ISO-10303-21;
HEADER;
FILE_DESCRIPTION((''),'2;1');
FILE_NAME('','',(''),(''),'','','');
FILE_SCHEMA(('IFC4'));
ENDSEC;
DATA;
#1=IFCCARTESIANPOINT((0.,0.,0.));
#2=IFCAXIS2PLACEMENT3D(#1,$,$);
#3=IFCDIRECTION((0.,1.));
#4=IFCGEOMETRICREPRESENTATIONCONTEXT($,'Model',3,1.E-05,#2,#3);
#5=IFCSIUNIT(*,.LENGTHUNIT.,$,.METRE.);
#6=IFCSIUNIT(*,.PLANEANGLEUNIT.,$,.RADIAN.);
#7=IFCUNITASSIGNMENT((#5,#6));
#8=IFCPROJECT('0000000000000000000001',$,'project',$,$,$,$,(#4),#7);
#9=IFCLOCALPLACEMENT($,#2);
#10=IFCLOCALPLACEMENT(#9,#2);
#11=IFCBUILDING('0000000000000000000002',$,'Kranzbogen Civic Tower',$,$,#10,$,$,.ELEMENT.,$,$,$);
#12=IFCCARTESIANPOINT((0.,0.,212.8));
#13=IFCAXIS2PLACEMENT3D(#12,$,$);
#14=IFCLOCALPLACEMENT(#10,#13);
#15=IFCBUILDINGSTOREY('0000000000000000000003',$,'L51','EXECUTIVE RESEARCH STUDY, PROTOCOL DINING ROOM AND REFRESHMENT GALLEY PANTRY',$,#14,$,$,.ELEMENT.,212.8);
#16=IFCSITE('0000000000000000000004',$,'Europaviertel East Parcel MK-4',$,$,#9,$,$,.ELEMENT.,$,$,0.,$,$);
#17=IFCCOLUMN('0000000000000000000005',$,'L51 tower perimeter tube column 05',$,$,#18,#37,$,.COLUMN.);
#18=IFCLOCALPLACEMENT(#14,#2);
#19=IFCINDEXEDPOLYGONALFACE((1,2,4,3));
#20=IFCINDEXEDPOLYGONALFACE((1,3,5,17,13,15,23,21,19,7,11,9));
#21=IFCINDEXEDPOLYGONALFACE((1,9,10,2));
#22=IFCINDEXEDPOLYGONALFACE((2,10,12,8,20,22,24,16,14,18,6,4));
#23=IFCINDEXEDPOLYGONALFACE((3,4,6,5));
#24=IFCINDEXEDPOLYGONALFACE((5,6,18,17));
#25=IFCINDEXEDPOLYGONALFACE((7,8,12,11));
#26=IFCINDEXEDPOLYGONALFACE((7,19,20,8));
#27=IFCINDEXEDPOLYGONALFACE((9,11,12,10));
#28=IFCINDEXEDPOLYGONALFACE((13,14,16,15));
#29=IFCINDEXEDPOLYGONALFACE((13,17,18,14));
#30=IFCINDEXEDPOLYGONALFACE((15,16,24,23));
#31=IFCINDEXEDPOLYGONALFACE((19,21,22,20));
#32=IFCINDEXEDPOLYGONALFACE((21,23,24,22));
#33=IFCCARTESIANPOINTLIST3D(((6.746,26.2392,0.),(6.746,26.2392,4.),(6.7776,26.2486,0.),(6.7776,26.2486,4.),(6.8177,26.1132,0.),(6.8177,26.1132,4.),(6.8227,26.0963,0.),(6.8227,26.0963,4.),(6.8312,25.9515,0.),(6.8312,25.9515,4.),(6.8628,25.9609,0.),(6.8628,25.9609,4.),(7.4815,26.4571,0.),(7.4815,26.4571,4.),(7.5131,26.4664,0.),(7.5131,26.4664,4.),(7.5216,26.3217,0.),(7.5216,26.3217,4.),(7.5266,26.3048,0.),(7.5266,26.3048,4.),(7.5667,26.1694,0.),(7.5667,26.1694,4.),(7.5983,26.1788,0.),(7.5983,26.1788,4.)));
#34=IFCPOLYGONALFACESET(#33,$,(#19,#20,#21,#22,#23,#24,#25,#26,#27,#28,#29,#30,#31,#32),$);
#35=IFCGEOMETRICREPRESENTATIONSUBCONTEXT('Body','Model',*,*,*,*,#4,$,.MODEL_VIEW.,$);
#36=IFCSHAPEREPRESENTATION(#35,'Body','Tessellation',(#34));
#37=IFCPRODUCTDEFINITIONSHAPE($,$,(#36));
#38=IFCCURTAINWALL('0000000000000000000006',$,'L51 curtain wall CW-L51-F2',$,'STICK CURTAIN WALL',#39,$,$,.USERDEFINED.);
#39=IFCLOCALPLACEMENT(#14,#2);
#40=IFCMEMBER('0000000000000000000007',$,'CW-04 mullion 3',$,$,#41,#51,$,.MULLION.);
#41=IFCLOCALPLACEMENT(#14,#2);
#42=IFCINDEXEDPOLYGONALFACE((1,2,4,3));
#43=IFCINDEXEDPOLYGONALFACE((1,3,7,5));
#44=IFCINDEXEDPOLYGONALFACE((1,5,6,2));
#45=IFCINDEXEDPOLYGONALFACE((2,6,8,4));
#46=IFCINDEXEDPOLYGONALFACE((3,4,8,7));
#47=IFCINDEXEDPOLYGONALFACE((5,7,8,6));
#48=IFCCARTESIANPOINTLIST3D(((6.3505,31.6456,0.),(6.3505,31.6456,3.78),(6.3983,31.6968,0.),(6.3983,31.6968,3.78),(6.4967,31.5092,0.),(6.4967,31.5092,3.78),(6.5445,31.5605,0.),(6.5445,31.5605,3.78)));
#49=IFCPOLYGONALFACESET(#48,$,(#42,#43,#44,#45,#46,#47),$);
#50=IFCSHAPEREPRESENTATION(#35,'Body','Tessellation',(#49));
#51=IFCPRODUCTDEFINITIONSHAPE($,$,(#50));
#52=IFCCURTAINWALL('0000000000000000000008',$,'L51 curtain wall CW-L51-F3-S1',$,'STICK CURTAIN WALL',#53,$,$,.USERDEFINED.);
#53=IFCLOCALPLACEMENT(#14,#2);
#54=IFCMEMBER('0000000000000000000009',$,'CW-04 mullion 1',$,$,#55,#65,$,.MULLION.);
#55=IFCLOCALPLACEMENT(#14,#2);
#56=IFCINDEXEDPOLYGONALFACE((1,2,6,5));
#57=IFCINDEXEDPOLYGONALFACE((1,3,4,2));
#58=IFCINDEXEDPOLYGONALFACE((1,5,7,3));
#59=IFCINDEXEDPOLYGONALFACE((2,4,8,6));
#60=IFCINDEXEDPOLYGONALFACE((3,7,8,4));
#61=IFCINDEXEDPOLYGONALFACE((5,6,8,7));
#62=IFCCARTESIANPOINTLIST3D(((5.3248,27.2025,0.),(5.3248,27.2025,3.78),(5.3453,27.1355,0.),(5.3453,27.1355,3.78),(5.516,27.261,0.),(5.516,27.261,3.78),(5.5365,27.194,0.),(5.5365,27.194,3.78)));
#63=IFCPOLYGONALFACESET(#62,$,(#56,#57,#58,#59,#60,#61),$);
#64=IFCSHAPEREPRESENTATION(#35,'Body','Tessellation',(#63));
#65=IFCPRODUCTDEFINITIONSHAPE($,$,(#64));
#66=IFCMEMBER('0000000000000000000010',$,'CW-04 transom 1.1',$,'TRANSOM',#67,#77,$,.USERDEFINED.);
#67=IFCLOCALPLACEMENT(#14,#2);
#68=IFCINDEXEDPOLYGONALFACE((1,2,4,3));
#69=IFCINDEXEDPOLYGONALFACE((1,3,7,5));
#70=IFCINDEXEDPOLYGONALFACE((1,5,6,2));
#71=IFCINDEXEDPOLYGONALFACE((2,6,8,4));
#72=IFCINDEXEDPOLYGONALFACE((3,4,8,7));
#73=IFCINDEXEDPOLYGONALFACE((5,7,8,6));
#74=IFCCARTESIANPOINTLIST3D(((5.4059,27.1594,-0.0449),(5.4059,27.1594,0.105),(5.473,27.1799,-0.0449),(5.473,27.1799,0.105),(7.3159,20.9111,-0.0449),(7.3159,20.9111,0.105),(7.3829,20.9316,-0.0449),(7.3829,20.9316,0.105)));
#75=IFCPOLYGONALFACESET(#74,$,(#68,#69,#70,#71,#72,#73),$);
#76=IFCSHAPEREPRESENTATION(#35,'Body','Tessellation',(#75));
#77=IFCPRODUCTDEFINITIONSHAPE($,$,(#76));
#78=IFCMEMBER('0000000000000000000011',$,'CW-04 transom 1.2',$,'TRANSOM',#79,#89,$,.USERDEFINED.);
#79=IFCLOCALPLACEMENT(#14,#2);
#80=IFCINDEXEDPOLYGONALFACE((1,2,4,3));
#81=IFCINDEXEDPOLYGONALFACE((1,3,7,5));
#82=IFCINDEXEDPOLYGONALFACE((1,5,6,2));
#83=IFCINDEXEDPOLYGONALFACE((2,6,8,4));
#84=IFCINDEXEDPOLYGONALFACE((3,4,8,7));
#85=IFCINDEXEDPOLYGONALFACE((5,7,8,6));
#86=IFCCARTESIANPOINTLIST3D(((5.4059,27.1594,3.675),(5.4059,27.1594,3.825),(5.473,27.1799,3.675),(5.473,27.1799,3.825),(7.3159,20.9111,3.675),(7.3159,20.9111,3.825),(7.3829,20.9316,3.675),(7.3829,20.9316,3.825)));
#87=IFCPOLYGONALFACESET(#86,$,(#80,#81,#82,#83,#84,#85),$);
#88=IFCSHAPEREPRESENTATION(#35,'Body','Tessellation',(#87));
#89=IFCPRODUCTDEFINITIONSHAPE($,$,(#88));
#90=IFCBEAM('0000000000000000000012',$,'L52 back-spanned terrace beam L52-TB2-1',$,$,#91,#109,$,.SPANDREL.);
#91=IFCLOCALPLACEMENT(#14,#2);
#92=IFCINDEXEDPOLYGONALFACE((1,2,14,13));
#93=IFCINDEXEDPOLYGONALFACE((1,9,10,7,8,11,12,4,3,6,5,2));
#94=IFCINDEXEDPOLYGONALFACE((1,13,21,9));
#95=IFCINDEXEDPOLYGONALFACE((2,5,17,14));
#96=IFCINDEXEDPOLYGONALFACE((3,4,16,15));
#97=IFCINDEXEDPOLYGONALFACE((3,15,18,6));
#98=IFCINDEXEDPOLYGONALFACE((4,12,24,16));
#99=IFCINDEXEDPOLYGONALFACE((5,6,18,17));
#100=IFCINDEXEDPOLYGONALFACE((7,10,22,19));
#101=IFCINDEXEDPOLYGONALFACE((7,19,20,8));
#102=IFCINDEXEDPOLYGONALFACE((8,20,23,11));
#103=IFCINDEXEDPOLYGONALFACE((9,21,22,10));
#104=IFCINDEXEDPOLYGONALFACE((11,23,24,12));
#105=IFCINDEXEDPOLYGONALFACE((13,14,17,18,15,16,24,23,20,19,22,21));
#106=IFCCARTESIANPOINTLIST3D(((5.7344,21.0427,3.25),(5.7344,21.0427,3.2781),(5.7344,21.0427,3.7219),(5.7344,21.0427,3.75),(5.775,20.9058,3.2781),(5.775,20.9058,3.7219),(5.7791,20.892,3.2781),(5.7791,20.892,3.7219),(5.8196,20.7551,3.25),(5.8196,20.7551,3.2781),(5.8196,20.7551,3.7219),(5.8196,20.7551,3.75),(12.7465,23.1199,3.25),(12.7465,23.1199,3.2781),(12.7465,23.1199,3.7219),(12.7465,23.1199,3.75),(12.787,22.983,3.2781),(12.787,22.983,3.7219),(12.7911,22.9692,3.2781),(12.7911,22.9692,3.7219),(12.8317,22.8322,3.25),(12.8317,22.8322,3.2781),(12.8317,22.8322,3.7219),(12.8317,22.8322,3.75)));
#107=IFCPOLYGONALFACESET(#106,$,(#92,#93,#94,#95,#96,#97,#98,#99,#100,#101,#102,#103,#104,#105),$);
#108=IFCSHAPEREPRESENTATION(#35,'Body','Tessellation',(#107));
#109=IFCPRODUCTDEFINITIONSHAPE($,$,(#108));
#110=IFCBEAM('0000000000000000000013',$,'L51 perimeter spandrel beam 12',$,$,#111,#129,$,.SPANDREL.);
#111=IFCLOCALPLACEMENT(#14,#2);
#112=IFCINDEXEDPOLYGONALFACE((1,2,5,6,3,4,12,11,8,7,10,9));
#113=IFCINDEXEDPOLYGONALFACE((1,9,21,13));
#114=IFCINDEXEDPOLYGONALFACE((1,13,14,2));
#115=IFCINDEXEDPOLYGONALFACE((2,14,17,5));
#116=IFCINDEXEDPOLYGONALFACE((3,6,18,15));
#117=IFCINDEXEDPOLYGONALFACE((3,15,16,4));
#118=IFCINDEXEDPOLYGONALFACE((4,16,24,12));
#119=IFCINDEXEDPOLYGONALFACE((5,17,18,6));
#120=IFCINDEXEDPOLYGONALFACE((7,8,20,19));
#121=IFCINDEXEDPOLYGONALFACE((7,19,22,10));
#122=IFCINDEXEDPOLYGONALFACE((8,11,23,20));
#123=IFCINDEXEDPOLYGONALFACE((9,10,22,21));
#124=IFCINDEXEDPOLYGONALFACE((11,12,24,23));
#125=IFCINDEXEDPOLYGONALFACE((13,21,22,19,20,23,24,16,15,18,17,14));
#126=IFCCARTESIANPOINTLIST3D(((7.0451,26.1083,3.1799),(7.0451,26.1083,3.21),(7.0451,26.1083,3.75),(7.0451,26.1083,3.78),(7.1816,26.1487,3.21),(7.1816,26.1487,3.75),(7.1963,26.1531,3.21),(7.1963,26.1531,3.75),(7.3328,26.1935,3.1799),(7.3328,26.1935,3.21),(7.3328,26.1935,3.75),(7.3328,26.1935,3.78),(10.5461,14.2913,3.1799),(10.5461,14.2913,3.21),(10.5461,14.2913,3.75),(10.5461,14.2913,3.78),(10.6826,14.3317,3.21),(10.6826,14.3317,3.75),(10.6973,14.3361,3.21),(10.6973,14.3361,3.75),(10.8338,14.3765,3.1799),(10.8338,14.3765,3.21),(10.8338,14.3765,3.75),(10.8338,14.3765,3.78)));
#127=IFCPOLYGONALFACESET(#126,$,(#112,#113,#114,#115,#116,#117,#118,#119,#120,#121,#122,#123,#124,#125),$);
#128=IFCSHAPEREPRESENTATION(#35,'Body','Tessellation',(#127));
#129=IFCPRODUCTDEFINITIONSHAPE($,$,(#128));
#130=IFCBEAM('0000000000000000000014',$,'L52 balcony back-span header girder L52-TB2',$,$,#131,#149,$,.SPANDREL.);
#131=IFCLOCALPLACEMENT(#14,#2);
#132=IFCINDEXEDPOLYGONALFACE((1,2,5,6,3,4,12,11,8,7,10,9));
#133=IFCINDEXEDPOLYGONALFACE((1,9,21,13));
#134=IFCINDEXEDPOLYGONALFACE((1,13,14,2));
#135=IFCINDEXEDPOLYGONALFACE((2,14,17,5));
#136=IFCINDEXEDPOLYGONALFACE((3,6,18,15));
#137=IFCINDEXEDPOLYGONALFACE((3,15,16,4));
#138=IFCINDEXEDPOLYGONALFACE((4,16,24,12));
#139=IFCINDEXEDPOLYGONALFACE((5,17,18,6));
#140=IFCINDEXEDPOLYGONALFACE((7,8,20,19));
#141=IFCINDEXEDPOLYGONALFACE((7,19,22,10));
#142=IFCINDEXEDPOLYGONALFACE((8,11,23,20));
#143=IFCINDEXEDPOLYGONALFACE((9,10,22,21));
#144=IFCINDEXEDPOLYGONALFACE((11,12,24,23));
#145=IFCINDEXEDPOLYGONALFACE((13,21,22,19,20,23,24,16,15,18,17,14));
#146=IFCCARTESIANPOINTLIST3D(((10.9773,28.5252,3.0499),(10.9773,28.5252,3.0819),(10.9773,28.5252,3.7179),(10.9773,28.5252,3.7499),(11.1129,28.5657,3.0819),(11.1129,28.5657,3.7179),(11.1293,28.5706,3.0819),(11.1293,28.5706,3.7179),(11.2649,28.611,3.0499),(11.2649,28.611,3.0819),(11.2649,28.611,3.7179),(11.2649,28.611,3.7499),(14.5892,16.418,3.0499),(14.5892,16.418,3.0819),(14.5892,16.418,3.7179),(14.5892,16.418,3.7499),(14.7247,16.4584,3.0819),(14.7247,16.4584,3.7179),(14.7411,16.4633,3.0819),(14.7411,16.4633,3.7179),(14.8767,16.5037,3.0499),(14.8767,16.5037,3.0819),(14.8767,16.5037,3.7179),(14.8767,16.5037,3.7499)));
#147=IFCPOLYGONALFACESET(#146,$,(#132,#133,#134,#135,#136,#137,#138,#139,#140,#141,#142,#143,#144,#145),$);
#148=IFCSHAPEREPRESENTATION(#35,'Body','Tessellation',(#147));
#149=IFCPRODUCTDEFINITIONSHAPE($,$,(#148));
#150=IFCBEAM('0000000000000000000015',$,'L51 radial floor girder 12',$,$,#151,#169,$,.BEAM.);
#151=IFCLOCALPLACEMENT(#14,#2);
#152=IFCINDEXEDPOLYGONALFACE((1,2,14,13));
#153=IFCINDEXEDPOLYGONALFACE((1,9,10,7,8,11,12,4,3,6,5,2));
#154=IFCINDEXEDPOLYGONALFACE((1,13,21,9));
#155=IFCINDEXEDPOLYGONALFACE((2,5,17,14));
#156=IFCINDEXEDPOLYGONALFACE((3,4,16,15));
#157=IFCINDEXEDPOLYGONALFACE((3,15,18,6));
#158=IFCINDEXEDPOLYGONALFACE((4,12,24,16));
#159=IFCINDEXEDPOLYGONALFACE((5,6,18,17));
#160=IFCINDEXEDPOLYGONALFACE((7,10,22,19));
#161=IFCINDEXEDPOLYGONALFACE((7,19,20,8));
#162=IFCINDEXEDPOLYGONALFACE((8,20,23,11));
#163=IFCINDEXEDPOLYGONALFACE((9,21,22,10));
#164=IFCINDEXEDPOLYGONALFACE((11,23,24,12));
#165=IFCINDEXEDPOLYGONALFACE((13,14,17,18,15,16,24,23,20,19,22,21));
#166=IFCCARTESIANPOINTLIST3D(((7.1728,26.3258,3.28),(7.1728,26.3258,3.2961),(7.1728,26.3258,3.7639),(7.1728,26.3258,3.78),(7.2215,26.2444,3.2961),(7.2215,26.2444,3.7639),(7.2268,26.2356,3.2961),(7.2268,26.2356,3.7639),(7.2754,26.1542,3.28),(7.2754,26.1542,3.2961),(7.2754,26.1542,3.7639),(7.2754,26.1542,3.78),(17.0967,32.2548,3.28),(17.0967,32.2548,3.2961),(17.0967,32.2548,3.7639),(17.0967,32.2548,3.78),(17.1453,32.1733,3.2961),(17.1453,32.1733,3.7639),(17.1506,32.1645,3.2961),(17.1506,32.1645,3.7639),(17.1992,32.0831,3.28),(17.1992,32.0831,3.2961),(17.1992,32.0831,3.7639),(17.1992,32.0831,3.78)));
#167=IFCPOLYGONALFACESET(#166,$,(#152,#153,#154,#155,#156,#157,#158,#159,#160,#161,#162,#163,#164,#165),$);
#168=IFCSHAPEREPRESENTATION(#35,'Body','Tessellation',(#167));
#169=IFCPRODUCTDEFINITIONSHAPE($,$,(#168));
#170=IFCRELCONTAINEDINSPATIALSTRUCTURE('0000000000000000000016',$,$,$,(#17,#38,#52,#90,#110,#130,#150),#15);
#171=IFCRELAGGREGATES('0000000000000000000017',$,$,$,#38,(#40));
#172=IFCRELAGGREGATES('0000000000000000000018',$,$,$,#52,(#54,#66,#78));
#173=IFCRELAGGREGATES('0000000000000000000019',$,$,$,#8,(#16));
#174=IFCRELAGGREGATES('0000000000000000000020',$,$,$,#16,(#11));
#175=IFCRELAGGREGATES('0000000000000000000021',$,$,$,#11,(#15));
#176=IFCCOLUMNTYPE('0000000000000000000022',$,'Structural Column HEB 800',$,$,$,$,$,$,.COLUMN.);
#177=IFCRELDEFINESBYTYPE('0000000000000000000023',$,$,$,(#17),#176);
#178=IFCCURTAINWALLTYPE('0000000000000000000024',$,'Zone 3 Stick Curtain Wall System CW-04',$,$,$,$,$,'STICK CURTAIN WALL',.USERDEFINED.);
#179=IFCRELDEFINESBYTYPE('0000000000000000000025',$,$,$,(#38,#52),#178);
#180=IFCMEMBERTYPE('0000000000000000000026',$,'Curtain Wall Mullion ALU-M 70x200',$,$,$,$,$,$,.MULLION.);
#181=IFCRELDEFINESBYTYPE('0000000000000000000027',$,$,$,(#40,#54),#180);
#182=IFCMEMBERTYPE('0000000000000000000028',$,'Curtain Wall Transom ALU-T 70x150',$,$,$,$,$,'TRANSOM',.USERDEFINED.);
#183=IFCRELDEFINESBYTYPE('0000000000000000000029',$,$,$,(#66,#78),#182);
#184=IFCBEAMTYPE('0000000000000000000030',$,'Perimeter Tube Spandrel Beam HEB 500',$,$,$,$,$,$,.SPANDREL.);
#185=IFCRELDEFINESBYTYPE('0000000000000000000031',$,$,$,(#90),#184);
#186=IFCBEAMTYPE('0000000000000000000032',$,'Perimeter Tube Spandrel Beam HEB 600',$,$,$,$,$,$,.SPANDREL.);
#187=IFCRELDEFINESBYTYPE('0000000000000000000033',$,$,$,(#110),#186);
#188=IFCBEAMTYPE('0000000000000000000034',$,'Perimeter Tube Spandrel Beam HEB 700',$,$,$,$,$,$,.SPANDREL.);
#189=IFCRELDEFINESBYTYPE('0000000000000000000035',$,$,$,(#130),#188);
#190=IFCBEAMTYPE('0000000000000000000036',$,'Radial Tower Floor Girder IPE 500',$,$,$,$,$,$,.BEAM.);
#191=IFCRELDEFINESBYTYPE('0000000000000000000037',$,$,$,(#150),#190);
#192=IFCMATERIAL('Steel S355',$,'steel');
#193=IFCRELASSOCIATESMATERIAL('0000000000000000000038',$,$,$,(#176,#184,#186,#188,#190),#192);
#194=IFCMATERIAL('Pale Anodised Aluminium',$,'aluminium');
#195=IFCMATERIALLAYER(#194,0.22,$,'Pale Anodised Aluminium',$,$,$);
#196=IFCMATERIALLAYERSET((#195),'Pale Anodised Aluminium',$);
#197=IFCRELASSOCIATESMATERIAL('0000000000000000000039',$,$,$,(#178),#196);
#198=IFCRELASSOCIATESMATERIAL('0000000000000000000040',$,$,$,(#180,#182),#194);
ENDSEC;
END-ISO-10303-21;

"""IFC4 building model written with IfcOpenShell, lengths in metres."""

from ifc_helpers import new_model, si_unit, direction, frame, origin, origin_2d, place, context, subcontext, project, spatial, rectangle, i_section, extrude, material, layer, layer_set, material_profile, profile_set, type_object, element, aggregate, save


model = new_model("IFC4")

# Units and contexts
model_context = context("Model", 3, precision=1e-05, world=origin(), true_north=direction((0.0, 1.0)))
body_context = subcontext(model_context, "Body", "Model", "MODEL_VIEW")
ifc_project = project(units=[si_unit("LENGTHUNIT", "METRE"), si_unit("PLANEANGLEUNIT", "RADIAN")], contexts=[model_context])

# Site, building, storey
site_placement = place(None, origin())
site = spatial("IfcSite", under=ifc_project, at=site_placement, Name="Europaviertel East Parcel MK-4", CompositionType="ELEMENT", RefElevation=0.0)
building_placement = place(site_placement, origin())
building = spatial("IfcBuilding", under=site, at=building_placement, Name="Kranzbogen Civic Tower", CompositionType="ELEMENT")
storey_placement = place(building_placement, frame((0.0, 0.0, 212.8)))
storey = spatial("IfcBuildingStorey", under=building, at=storey_placement, Name="L51", Description="EXECUTIVE RESEARCH STUDY, PROTOCOL DINING ROOM AND REFRESHMENT GALLEY PANTRY", CompositionType="ELEMENT", Elevation=212.8)

# Column
ifc_material_1 = material(Name="Steel S355", Category="steel")
ifc_material_profile_1 = material_profile(ifc_material_1, i_section(OverallWidth=0.3, OverallDepth=0.8, WebThickness=0.0176, FlangeThickness=0.033, at=origin_2d()), Name="HEB 800")
ifc_profile_set_1 = profile_set([ifc_material_profile_1], Name="Steel S355")
column_type = type_object("IfcColumnType", Name="Structural Column HEB 800", PredefinedType="COLUMN", material=ifc_profile_set_1)
column_placement = place(storey_placement, frame((7.1721, 26.209, 0.0), z_axis=(0.0, 0.0, 1.0), x_axis=(-0.284015, 0.95882, 0.0)))
element("IfcColumn", 1, at=column_placement, inside=storey, type_object=column_type, Name="L51 tower perimeter tube column 05", PredefinedType="COLUMN", context=body_context, shape_type="SweptSolid", body=[
    extrude(i_section(OverallWidth=0.3, OverallDepth=0.8, WebThickness=0.0176, FlangeThickness=0.033, at=origin_2d()), origin(), (0.0, 0.0, 1.0), 4.0),
])

# Curtain wall, member
ifc_material_2 = material(Name="Pale Anodised Aluminium", Category="aluminium")
ifc_layer_1 = layer(ifc_material_2, 0.22, Name="Pale Anodised Aluminium")
ifc_layer_set_1 = layer_set([ifc_layer_1], Name="Pale Anodised Aluminium")
curtain_wall_type = type_object("IfcCurtainWallType", Name="Zone 3 Stick Curtain Wall System CW-04", ElementType="STICK CURTAIN WALL", PredefinedType="USERDEFINED", material=ifc_layer_set_1)
curtain_wall_1_placement = place(storey_placement, origin())
curtain_wall_1 = element("IfcCurtainWall", 2, at=curtain_wall_1_placement, inside=storey, type_object=curtain_wall_type, Name="L51 curtain wall CW-L51-F2", ObjectType="STICK CURTAIN WALL", PredefinedType="USERDEFINED")
ifc_material_profile_2 = material_profile(ifc_material_2, rectangle(XDim=0.0701, YDim=0.2, at=origin_2d()), Name="ALU-M 70x200")
ifc_profile_set_2 = profile_set([ifc_material_profile_2], Name="Pale Anodised Aluminium")
member_type_1 = type_object("IfcMemberType", Name="Curtain Wall Mullion ALU-M 70x200", PredefinedType="MULLION", material=ifc_profile_set_2)
member_1_placement = place(storey_placement, frame((6.4475, 31.603, 0.0), z_axis=(0.0, 0.0, 1.0), x_axis=(-0.682007, -0.731345, 0.0)))
member_1 = element("IfcMember", 3, at=member_1_placement, type_object=member_type_1, Name="CW-04 mullion 3", PredefinedType="MULLION", context=body_context, shape_type="SweptSolid", body=[
    extrude(rectangle(XDim=0.0701, YDim=0.2, at=origin_2d()), origin(), (0.0, 0.0, 1.0), 3.78),
])
aggregate(curtain_wall_1, [member_1])

# Curtain wall, members
curtain_wall_2_placement = place(storey_placement, origin())
curtain_wall_2 = element("IfcCurtainWall", 4, at=curtain_wall_2_placement, inside=storey, type_object=curtain_wall_type, Name="L51 curtain wall CW-L51-F3-S1", ObjectType="STICK CURTAIN WALL", PredefinedType="USERDEFINED")
member_2_placement = place(storey_placement, frame((5.4307, 27.1982, 0.0), z_axis=(0.0, 0.0, 1.0), x_axis=(0.292322, -0.95632, 0.0)))
member_2 = element("IfcMember", 5, at=member_2_placement, type_object=member_type_1, Name="CW-04 mullion 1", PredefinedType="MULLION", context=body_context, shape_type="SweptSolid", body=[
    extrude(rectangle(XDim=0.0701, YDim=0.2, at=origin_2d()), origin(), (0.0, 0.0, 1.0), 3.78),
])
ifc_material_profile_3 = material_profile(ifc_material_2, rectangle(XDim=0.0701, YDim=0.1499, at=origin_2d()), Name="ALU-T 70x150")
ifc_profile_set_3 = profile_set([ifc_material_profile_3], Name="Pale Anodised Aluminium")
member_type_2 = type_object("IfcMemberType", Name="Curtain Wall Transom ALU-T 70x150", ElementType="TRANSOM", PredefinedType="USERDEFINED", material=ifc_profile_set_3)
member_3_placement = place(storey_placement, frame((5.4395, 27.1697, 0.03), z_axis=(0.292318, -0.956321, 0.0), x_axis=(0.956321, 0.292318, 0.0)))
member_3 = element("IfcMember", 6, at=member_3_placement, type_object=member_type_2, Name="CW-04 transom 1.1", ObjectType="TRANSOM", PredefinedType="USERDEFINED", context=body_context, shape_type="SweptSolid", body=[
    extrude(rectangle(XDim=0.0701, YDim=0.1499, at=origin_2d()), origin(), (0.0, 0.0, 1.0), 6.5337),
])
member_4_placement = place(storey_placement, frame((5.4395, 27.1697, 3.75), z_axis=(0.292318, -0.956321, 0.0), x_axis=(0.956321, 0.292318, 0.0)))
member_4 = element("IfcMember", 7, at=member_4_placement, type_object=member_type_2, Name="CW-04 transom 1.2", ObjectType="TRANSOM", PredefinedType="USERDEFINED", context=body_context, shape_type="SweptSolid", body=[
    extrude(rectangle(XDim=0.0701, YDim=0.1499, at=origin_2d()), origin(), (0.0, 0.0, 1.0), 6.5337),
])

# Beams
ifc_material_profile_4 = material_profile(ifc_material_1, i_section(OverallWidth=0.3, OverallDepth=0.5, WebThickness=0.0144, FlangeThickness=0.0281, at=origin_2d()), Name="HEB 500")
ifc_profile_set_4 = profile_set([ifc_material_profile_4], Name="Steel S355")
beam_type_1 = type_object("IfcBeamType", Name="Perimeter Tube Spandrel Beam HEB 500", PredefinedType="SPANDREL", material=ifc_profile_set_4)
beam_1_placement = place(storey_placement, frame((12.7891, 22.9761, 3.5), z_axis=(-0.958816, -0.284029, 0.0), x_axis=(0.284029, -0.958816, 0.0)))
element("IfcBeam", 8, at=beam_1_placement, inside=storey, type_object=beam_type_1, Name="L52 back-spanned terrace beam L52-TB2-1", PredefinedType="SPANDREL", context=body_context, shape_type="SweptSolid", body=[
    extrude(i_section(OverallWidth=0.3, OverallDepth=0.5, WebThickness=0.0144, FlangeThickness=0.0281, at=origin_2d()), origin(), (0.0, 0.0, 1.0), 7.3132),
])
ifc_material_profile_5 = material_profile(ifc_material_1, i_section(OverallWidth=0.3, OverallDepth=0.6001, WebThickness=0.0154, FlangeThickness=0.03, at=origin_2d()), Name="HEB 600")
ifc_profile_set_5 = profile_set([ifc_material_profile_5], Name="Steel S355")
beam_type_2 = type_object("IfcBeamType", Name="Perimeter Tube Spandrel Beam HEB 600", PredefinedType="SPANDREL", material=ifc_profile_set_5)
beam_2_placement = place(storey_placement, frame((7.189, 26.1509, 3.48), z_axis=(0.284064, -0.958805, 0.0), x_axis=(0.958805, 0.284064, 0.0)))
element("IfcBeam", 9, at=beam_2_placement, inside=storey, type_object=beam_type_2, Name="L51 perimeter spandrel beam 12", PredefinedType="SPANDREL", context=body_context, shape_type="SweptSolid", body=[
    extrude(i_section(OverallWidth=0.3, OverallDepth=0.6001, WebThickness=0.0154, FlangeThickness=0.03, at=origin_2d()), origin(), (0.0, 0.0, 1.0), 12.3247),
])
ifc_material_profile_6 = material_profile(ifc_material_1, i_section(OverallWidth=0.3, OverallDepth=0.7, WebThickness=0.0171, FlangeThickness=0.032, at=origin_2d()), Name="HEB 700")
ifc_profile_set_6 = profile_set([ifc_material_profile_6], Name="Steel S355")
beam_type_3 = type_object("IfcBeamType", Name="Perimeter Tube Spandrel Beam HEB 700", PredefinedType="SPANDREL", material=ifc_profile_set_6)
beam_3_placement = place(storey_placement, frame((11.1211, 28.5681, 3.3999), z_axis=(0.285871, -0.958268, 0.0), x_axis=(0.958268, 0.285871, 0.0)))
element("IfcBeam", 10, at=beam_3_placement, inside=storey, type_object=beam_type_3, Name="L52 balcony back-span header girder L52-TB2", PredefinedType="SPANDREL", context=body_context, shape_type="SweptSolid", body=[
    extrude(i_section(OverallWidth=0.3, OverallDepth=0.7, WebThickness=0.0171, FlangeThickness=0.032, at=origin_2d()), origin(), (0.0, 0.0, 1.0), 12.6345),
])
ifc_material_profile_7 = material_profile(ifc_material_1, i_section(OverallWidth=0.2, OverallDepth=0.5, WebThickness=0.0103, FlangeThickness=0.0161, at=origin_2d()), Name="IPE 500")
ifc_profile_set_7 = profile_set([ifc_material_profile_7], Name="Steel S355")
beam_type_4 = type_object("IfcBeamType", Name="Radial Tower Floor Girder IPE 500", PredefinedType="BEAM", material=ifc_profile_set_7)
beam_4_placement = place(storey_placement, frame((7.2241, 26.24, 3.53), z_axis=(0.858459, 0.512883, 0.0), x_axis=(-0.512883, 0.858459, 0.0)))
element("IfcBeam", 11, at=beam_4_placement, inside=storey, type_object=beam_type_4, Name="L51 radial floor girder 12", PredefinedType="BEAM", context=body_context, shape_type="SweptSolid", body=[
    extrude(i_section(OverallWidth=0.2, OverallDepth=0.5, WebThickness=0.0103, FlangeThickness=0.0161, at=origin_2d()), origin(), (0.0, 0.0, 1.0), 11.5601),
])

aggregate(curtain_wall_2, [member_2, member_3, member_4])

save(model, "model.ifc")
